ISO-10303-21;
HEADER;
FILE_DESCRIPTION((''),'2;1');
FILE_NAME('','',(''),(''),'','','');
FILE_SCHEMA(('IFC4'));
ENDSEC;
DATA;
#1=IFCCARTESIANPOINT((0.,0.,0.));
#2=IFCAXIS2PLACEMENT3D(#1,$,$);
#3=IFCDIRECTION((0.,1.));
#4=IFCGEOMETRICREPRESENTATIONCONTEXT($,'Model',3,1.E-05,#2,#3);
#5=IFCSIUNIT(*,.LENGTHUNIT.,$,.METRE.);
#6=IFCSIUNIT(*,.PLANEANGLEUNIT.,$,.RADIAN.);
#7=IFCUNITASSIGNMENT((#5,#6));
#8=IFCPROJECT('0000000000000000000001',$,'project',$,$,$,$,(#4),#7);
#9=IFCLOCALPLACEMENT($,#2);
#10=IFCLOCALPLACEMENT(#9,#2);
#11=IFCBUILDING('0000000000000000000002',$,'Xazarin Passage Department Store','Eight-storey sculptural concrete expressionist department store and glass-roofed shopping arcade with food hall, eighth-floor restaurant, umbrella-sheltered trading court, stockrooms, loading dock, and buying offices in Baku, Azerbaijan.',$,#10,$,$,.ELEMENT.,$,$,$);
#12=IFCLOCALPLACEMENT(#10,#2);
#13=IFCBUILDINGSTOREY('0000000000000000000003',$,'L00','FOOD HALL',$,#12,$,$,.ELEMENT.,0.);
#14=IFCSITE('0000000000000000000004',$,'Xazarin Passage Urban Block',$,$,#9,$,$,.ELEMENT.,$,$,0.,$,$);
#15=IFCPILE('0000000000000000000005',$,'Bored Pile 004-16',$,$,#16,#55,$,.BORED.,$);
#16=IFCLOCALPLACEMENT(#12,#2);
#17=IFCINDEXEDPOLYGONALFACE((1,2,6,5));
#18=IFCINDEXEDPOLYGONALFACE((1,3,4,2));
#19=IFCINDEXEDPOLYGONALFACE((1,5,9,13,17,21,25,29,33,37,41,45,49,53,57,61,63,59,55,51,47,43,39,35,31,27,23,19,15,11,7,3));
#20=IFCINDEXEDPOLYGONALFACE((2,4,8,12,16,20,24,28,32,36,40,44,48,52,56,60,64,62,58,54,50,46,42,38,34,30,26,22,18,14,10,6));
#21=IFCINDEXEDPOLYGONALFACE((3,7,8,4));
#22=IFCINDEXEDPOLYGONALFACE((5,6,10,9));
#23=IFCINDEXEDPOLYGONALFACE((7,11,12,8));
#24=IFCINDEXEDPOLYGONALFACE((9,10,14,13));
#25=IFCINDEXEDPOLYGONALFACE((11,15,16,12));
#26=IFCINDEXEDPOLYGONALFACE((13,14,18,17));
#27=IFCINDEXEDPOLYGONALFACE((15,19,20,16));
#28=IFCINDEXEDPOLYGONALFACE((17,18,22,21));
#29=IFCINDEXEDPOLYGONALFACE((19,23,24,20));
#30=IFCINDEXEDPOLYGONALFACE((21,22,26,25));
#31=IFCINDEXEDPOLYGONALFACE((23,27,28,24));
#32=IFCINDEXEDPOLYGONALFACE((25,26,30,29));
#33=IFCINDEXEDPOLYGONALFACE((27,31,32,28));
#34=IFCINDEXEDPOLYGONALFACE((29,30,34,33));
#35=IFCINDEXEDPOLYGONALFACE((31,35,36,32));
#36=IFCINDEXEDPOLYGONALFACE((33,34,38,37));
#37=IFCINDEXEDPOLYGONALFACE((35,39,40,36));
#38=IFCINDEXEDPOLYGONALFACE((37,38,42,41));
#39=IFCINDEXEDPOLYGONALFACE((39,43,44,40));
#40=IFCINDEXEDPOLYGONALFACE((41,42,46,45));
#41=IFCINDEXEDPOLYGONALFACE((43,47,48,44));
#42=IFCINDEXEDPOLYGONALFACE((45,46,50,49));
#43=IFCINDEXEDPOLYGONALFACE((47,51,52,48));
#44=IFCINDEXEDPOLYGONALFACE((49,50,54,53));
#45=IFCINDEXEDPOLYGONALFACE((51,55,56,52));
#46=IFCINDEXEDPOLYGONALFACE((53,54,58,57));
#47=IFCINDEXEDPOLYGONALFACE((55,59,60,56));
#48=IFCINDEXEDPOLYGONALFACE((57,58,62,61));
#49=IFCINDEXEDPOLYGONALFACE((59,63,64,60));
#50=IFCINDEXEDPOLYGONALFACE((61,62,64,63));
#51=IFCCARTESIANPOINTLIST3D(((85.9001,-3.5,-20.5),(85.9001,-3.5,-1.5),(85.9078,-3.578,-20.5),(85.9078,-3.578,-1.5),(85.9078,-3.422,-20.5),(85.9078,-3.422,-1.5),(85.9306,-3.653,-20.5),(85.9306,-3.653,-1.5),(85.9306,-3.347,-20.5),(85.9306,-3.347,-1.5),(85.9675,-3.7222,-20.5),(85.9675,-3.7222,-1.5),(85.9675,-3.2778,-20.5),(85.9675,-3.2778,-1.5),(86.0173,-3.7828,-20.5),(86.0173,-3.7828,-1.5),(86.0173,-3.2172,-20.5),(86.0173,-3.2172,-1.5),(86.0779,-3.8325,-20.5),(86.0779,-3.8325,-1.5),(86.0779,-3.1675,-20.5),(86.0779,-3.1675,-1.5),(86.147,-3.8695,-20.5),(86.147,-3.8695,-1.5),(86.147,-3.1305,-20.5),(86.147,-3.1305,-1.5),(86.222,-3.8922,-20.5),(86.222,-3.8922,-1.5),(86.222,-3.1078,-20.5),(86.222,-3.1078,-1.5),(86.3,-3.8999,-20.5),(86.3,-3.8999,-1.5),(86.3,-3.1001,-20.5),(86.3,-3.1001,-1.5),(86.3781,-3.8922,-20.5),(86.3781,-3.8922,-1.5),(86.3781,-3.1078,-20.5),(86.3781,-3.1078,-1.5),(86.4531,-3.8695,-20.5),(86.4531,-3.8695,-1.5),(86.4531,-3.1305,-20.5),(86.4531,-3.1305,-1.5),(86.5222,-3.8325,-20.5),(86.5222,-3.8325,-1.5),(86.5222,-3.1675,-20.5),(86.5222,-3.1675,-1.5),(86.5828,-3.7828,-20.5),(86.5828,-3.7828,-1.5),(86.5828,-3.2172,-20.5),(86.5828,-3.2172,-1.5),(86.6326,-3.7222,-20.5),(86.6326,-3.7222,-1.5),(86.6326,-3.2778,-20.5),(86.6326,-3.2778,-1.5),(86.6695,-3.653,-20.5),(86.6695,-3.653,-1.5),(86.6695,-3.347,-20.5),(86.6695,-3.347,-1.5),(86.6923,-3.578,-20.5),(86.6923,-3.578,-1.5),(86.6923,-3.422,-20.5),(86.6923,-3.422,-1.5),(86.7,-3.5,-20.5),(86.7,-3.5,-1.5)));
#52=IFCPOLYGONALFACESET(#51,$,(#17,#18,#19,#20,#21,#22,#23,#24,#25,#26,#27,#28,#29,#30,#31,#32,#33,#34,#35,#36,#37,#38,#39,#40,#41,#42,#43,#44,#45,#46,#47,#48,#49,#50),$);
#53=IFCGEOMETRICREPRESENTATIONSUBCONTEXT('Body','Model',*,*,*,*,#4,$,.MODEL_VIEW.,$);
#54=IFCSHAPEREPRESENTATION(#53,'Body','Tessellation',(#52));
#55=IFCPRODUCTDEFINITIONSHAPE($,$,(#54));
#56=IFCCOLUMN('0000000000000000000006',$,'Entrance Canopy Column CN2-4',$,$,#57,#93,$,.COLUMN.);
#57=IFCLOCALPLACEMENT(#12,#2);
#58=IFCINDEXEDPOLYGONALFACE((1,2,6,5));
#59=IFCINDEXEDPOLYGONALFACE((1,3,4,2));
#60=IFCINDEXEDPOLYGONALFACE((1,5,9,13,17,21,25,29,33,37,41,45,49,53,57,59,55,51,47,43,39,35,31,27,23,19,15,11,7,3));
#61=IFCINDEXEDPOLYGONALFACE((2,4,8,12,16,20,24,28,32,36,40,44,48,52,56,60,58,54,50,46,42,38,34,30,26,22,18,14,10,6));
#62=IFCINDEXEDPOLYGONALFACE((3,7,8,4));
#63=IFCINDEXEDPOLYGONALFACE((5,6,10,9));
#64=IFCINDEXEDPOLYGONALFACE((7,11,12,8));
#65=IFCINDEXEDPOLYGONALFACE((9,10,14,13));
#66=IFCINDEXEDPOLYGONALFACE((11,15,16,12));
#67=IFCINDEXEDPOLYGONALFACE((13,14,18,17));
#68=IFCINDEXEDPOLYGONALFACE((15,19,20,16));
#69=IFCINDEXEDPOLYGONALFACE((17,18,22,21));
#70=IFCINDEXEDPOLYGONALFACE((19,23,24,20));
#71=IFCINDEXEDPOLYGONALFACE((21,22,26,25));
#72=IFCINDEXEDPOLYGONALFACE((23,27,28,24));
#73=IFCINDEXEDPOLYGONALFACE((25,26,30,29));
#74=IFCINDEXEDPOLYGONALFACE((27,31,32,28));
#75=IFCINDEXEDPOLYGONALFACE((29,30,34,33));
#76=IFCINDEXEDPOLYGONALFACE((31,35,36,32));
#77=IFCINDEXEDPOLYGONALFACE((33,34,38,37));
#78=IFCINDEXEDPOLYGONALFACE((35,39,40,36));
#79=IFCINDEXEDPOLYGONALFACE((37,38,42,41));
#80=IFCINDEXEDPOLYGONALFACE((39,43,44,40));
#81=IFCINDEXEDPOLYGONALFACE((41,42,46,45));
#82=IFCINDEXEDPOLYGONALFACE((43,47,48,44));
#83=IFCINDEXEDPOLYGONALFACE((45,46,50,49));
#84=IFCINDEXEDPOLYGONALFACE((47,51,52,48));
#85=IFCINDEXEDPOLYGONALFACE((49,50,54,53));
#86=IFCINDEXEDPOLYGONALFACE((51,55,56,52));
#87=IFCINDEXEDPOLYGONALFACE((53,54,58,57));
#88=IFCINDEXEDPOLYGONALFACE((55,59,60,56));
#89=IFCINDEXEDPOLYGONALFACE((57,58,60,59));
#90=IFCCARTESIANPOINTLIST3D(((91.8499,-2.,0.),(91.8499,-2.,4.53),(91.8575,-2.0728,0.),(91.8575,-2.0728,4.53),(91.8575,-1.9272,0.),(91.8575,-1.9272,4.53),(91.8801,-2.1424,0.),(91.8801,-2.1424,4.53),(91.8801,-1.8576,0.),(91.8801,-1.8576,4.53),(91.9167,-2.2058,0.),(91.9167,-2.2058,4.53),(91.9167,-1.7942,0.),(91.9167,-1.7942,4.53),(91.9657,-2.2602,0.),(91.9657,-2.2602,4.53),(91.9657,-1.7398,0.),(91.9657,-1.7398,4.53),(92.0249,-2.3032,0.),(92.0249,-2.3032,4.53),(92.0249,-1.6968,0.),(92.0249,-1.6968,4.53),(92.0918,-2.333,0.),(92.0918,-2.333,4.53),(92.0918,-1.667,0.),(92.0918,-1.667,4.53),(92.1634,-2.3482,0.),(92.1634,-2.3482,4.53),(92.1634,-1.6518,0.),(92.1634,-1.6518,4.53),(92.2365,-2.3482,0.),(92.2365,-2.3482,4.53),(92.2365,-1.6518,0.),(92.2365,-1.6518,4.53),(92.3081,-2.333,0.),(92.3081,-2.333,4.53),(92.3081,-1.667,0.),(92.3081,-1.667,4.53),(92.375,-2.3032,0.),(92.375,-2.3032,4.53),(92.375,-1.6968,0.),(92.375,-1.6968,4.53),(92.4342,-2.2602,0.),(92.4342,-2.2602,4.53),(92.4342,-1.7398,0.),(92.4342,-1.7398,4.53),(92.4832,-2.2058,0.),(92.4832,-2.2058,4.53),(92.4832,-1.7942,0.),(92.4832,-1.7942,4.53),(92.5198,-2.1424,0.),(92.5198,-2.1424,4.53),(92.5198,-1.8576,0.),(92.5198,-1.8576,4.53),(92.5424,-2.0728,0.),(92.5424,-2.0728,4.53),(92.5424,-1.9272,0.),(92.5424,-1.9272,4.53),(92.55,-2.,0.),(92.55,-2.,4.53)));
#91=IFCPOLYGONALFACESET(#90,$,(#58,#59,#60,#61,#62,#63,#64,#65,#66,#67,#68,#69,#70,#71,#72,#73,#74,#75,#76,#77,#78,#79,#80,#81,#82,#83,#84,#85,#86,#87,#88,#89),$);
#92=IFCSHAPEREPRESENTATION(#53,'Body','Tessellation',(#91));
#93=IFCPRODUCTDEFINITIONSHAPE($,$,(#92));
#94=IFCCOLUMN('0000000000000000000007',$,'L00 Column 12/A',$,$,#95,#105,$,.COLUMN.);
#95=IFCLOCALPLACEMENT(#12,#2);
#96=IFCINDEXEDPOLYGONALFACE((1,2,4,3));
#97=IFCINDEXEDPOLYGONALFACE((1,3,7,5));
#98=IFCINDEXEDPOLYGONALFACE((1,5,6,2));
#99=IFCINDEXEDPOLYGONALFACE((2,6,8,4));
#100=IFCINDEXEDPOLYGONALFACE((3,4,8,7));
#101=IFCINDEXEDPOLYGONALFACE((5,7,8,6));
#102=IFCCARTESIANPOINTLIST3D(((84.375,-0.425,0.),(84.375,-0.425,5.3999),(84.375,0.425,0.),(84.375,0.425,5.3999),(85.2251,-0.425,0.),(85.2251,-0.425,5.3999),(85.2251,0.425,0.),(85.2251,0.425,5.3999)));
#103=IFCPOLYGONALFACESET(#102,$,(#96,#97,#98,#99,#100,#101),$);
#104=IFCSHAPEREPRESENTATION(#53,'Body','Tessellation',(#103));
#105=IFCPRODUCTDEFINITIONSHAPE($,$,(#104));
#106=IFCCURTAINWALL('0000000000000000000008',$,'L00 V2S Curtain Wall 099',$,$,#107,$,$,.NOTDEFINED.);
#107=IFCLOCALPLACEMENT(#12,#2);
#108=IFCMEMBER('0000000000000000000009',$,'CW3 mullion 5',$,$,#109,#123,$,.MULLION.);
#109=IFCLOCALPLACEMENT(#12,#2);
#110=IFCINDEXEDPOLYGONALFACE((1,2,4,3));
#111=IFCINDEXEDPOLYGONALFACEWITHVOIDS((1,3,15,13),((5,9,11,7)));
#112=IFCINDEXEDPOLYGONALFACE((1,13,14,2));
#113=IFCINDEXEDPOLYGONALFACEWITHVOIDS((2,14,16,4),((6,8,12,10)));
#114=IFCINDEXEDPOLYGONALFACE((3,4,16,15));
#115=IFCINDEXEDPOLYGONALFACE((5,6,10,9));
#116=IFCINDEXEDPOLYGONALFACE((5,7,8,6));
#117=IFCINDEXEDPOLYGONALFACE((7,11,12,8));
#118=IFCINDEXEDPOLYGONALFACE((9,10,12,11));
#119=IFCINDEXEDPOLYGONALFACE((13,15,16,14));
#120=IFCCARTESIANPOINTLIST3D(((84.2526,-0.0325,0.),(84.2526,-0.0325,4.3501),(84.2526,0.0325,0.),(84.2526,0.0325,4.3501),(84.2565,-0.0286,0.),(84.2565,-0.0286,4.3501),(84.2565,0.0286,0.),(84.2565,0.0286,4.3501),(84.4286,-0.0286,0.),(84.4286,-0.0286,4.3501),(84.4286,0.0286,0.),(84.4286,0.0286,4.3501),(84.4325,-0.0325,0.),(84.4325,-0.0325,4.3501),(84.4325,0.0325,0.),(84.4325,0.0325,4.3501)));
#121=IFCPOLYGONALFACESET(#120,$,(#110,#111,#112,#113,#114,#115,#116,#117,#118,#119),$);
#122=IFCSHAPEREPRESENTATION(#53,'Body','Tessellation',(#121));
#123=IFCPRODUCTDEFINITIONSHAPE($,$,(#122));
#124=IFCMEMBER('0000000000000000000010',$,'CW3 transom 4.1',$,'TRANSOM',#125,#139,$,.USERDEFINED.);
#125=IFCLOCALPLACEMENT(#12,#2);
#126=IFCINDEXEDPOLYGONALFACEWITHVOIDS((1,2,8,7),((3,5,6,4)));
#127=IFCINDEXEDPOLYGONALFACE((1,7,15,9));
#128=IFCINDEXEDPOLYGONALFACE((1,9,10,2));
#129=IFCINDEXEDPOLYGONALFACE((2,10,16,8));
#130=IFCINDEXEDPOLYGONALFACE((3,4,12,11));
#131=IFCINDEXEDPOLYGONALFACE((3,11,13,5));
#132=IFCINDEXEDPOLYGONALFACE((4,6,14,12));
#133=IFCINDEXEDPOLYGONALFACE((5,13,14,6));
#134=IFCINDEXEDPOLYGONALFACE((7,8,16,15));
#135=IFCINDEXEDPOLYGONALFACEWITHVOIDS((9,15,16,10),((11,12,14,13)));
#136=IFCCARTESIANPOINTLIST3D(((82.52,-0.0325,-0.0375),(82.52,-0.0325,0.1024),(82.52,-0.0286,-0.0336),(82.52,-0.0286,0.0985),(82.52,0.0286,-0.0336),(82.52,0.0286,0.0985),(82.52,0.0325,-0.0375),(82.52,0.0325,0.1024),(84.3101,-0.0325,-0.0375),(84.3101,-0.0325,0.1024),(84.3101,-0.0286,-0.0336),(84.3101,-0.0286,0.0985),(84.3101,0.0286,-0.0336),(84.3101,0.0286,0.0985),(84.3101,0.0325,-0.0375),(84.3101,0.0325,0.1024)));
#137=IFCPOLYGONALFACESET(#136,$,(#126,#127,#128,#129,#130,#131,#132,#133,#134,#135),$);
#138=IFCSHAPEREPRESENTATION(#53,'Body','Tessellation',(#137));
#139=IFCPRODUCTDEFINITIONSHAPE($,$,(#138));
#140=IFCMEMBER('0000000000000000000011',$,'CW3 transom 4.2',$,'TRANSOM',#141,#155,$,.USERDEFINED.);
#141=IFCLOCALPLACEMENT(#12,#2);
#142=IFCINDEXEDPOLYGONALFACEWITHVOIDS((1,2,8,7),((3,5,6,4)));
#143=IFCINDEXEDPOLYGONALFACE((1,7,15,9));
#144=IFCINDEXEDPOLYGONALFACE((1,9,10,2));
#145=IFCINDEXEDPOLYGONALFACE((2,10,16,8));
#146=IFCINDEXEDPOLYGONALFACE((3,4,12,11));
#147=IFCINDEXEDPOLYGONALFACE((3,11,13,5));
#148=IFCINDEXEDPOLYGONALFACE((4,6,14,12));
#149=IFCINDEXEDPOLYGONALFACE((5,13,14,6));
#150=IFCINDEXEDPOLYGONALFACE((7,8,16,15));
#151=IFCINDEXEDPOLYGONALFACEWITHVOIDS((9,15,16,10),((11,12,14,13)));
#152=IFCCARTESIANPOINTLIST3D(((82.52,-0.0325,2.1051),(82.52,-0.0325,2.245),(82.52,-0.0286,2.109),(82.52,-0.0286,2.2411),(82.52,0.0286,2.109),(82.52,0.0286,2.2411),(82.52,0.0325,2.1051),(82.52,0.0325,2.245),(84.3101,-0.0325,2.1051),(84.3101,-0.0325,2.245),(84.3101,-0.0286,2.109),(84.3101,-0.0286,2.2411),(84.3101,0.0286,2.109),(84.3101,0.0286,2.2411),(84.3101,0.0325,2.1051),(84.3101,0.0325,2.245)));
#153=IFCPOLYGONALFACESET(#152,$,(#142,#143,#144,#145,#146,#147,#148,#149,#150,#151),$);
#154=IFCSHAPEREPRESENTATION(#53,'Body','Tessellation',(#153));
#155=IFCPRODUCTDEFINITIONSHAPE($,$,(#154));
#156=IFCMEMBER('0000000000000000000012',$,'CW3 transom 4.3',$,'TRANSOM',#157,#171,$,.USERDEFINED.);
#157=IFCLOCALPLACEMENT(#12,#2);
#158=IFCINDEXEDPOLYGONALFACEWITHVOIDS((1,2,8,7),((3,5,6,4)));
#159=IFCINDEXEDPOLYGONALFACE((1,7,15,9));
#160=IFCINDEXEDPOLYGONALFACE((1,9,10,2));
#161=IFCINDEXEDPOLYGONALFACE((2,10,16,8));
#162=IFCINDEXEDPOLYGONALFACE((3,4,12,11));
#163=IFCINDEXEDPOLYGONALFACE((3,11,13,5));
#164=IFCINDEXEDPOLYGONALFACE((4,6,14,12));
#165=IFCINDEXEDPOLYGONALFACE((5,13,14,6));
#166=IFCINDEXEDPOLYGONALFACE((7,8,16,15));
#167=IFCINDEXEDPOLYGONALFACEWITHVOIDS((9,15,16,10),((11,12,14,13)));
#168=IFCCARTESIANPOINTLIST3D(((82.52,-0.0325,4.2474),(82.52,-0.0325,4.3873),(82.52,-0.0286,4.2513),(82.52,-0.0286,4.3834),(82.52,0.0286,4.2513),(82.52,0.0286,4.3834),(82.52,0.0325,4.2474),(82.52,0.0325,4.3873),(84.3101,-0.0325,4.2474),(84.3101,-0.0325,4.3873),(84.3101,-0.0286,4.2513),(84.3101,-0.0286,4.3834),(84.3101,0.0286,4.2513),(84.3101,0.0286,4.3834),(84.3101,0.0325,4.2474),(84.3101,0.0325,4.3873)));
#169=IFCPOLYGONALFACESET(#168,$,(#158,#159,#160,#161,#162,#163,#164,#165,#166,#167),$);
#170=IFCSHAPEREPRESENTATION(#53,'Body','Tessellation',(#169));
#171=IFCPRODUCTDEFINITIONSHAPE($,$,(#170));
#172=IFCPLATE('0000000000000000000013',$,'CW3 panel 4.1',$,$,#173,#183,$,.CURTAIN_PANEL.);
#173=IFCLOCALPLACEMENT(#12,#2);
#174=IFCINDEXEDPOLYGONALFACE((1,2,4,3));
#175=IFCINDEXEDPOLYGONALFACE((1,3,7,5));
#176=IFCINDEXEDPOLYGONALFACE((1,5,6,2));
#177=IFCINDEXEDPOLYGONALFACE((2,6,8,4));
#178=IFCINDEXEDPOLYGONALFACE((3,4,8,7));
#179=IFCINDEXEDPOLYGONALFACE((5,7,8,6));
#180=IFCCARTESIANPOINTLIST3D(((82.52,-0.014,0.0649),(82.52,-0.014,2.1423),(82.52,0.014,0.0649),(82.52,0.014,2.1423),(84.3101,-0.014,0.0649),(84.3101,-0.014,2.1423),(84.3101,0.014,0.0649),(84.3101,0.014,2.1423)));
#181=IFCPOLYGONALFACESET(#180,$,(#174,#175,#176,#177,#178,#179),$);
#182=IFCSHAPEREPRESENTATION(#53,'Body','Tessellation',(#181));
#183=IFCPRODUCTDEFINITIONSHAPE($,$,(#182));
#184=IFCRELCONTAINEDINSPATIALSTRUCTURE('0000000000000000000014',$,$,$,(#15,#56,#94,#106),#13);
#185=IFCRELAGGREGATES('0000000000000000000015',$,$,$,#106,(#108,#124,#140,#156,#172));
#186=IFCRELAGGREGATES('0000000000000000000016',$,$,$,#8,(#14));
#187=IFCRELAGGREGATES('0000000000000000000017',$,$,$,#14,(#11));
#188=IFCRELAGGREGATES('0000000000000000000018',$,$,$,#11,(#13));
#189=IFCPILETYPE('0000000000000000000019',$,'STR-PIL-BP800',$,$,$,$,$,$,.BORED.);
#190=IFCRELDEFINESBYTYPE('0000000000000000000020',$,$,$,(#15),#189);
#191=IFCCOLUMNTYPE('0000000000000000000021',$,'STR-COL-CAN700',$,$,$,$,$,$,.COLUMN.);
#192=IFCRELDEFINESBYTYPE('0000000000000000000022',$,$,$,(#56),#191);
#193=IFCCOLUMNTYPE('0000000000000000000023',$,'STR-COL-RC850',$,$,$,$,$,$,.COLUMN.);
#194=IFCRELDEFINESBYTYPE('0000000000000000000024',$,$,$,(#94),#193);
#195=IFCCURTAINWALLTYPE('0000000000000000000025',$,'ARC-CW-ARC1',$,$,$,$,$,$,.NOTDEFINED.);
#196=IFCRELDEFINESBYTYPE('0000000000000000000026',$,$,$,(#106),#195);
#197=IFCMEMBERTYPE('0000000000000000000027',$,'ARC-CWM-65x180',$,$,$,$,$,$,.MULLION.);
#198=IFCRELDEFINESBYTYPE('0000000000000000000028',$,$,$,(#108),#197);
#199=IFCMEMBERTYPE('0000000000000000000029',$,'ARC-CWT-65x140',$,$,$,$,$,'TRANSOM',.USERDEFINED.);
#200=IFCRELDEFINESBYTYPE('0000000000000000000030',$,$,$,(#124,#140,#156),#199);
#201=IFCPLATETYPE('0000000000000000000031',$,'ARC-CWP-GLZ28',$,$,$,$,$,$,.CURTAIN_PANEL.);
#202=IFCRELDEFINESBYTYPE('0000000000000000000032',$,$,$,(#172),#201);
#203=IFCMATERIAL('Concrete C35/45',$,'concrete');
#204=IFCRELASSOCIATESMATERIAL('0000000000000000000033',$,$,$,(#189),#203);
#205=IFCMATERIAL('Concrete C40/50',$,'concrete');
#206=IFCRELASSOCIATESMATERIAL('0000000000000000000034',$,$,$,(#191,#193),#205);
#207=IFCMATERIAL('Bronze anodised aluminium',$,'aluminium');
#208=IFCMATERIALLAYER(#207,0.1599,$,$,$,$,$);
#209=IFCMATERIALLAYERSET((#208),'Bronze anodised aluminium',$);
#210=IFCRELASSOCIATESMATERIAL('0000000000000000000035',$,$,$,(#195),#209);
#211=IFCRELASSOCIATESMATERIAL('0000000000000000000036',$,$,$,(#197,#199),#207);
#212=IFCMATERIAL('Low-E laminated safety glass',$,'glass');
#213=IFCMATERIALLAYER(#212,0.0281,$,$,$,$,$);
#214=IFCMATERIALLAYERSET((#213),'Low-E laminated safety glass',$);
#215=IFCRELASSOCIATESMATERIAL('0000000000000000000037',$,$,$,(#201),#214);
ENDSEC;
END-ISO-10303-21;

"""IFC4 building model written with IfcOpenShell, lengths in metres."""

from ifc_helpers import new_model, si_unit, direction, frame, origin, origin_2d, place, context, subcontext, project, spatial, rectangle, hollow_rectangle, circle, extrude, material, layer, layer_set, material_profile, profile_set, type_object, element, aggregate, save


model = new_model("IFC4")

# Units and contexts
model_context = context("Model", 3, precision=1e-05, world=origin(), true_north=direction((0.0, 1.0)))
body_context = subcontext(model_context, "Body", "Model", "MODEL_VIEW")
ifc_project = project(units=[si_unit("LENGTHUNIT", "METRE"), si_unit("PLANEANGLEUNIT", "RADIAN")], contexts=[model_context])

# Site, building, storey
site_placement = place(None, origin())
site = spatial("IfcSite", under=ifc_project, at=site_placement, Name="Xazarin Passage Urban Block", CompositionType="ELEMENT", RefElevation=0.0)
building_placement = place(site_placement, origin())
building = spatial("IfcBuilding", under=site, at=building_placement, Name="Xazarin Passage Department Store", Description="Eight-storey sculptural concrete expressionist department store and glass-roofed shopping arcade with food hall, eighth-floor restaurant, umbrella-sheltered trading court, stockrooms, loading dock, and buying offices in Baku, Azerbaijan.", CompositionType="ELEMENT")
storey_placement = place(building_placement, origin())
storey = spatial("IfcBuildingStorey", under=building, at=storey_placement, Name="L00", Description="FOOD HALL", CompositionType="ELEMENT", Elevation=0.0)

# Shared definitions
ifc_material_1 = material(Name="Concrete C35/45", Category="concrete")

# Pile
ifc_material_profile_1 = material_profile(ifc_material_1, circle(Radius=0.3999, at=origin_2d()), Name="BP 800")
ifc_profile_set_1 = profile_set([ifc_material_profile_1], Name="Concrete C35/45")
pile_type_1 = type_object("IfcPileType", Name="STR-PIL-BP800", PredefinedType="BORED", material=ifc_profile_set_1)
pile_placement = place(storey_placement, frame((86.3, -3.5, -1.5), z_axis=(0.0, 0.0, -1.0), x_axis=(1.0, 0.0, 0.0)))
element("IfcPile", 1, at=pile_placement, inside=storey, type_object=pile_type_1, Name="Bored Pile 004-16", PredefinedType="BORED", context=body_context, shape_type="SweptSolid", body=[
    extrude(circle(Radius=0.3999, at=origin_2d()), origin(), (0.0, 0.0, 1.0), 19.0),
])

# Columns
ifc_material_2 = material(Name="Concrete C40/50", Category="concrete")
ifc_material_profile_2 = material_profile(ifc_material_2, circle(Radius=0.3501, at=origin_2d()), Name="RCD 700")
ifc_profile_set_2 = profile_set([ifc_material_profile_2], Name="Concrete C40/50")
column_type_1 = type_object("IfcColumnType", Name="STR-COL-CAN700", PredefinedType="COLUMN", material=ifc_profile_set_2)
column_1_placement = place(storey_placement, frame((92.2, -2.0, 0.0), z_axis=(0.0, 0.0, 1.0), x_axis=(1.0, 0.0, 0.0)))
element("IfcColumn", 2, at=column_1_placement, inside=storey, type_object=column_type_1, Name="Entrance Canopy Column CN2-4", PredefinedType="COLUMN", context=body_context, shape_type="SweptSolid", body=[
    extrude(circle(Radius=0.3501, at=origin_2d()), origin(), (0.0, 0.0, 1.0), 4.53),
])
ifc_material_profile_3 = material_profile(ifc_material_2, rectangle(XDim=0.8501, YDim=0.8501, at=origin_2d()), Name="RC 850x850")
ifc_profile_set_3 = profile_set([ifc_material_profile_3], Name="Concrete C40/50")
column_type_2 = type_object("IfcColumnType", Name="STR-COL-RC850", PredefinedType="COLUMN", material=ifc_profile_set_3)
column_2_placement = place(storey_placement, frame((84.8, 0.0, 0.0), z_axis=(0.0, 0.0, 1.0), x_axis=(1.0, 0.0, 0.0)))
element("IfcColumn", 3, at=column_2_placement, inside=storey, type_object=column_type_2, Name="L00 Column 12/A", PredefinedType="COLUMN", context=body_context, shape_type="SweptSolid", body=[
    extrude(rectangle(XDim=0.8501, YDim=0.8501, at=origin_2d()), origin(), (0.0, 0.0, 1.0), 5.3999),
])

# Curtain wall, members, plate
ifc_material_3 = material(Name="Bronze anodised aluminium", Category="aluminium")
ifc_layer_1 = layer(ifc_material_3, 0.1599)
ifc_layer_set_1 = layer_set([ifc_layer_1], Name="Bronze anodised aluminium")
curtain_wall_type = type_object("IfcCurtainWallType", Name="ARC-CW-ARC1", PredefinedType="NOTDEFINED", material=ifc_layer_set_1)
curtain_wall_placement = place(storey_placement, origin())
curtain_wall = element("IfcCurtainWall", 4, at=curtain_wall_placement, inside=storey, type_object=curtain_wall_type, Name="L00 V2S Curtain Wall 099", PredefinedType="NOTDEFINED")
ifc_material_profile_4 = material_profile(ifc_material_3, hollow_rectangle(XDim=0.0649, YDim=0.1799, WallThickness=0.0039, at=origin_2d()), Name="ALU 65x180")
ifc_profile_set_4 = profile_set([ifc_material_profile_4], Name="Bronze anodised aluminium")
member_type_1 = type_object("IfcMemberType", Name="ARC-CWM-65x180", PredefinedType="MULLION", material=ifc_profile_set_4)
member_1_placement = place(storey_placement, frame((84.3425, 0.0, 0.0), z_axis=(0.0, 0.0, 1.0), x_axis=(0.0, 1.0, 0.0)))
member_1 = element("IfcMember", 5, at=member_1_placement, type_object=member_type_1, Name="CW3 mullion 5", PredefinedType="MULLION", context=body_context, shape_type="SweptSolid", body=[
    extrude(hollow_rectangle(XDim=0.0649, YDim=0.1799, WallThickness=0.0039, at=origin_2d()), origin(), (0.0, 0.0, 1.0), 4.3501),
])
ifc_material_profile_5 = material_profile(ifc_material_3, hollow_rectangle(XDim=0.0649, YDim=0.1399, WallThickness=0.0039, at=origin_2d()), Name="ALU 65x140")
ifc_profile_set_5 = profile_set([ifc_material_profile_5], Name="Bronze anodised aluminium")
member_type_2 = type_object("IfcMemberType", Name="ARC-CWT-65x140", ElementType="TRANSOM", PredefinedType="USERDEFINED", material=ifc_profile_set_5)
member_2_placement = place(storey_placement, frame((82.52, 0.0, 0.0325), z_axis=(1.0, 0.0, 0.0), x_axis=(0.0, 1.0, 0.0)))
member_2 = element("IfcMember", 6, at=member_2_placement, type_object=member_type_2, Name="CW3 transom 4.1", ObjectType="TRANSOM", PredefinedType="USERDEFINED", context=body_context, shape_type="SweptSolid", body=[
    extrude(hollow_rectangle(XDim=0.0649, YDim=0.1399, WallThickness=0.0039, at=origin_2d()), origin(), (0.0, 0.0, 1.0), 1.79),
])
member_3_placement = place(storey_placement, frame((82.52, 0.0, 2.175), z_axis=(1.0, 0.0, 0.0), x_axis=(0.0, 1.0, 0.0)))
member_3 = element("IfcMember", 7, at=member_3_placement, type_object=member_type_2, Name="CW3 transom 4.2", ObjectType="TRANSOM", PredefinedType="USERDEFINED", context=body_context, shape_type="SweptSolid", body=[
    extrude(hollow_rectangle(XDim=0.0649, YDim=0.1399, WallThickness=0.0039, at=origin_2d()), origin(), (0.0, 0.0, 1.0), 1.79),
])
member_4_placement = place(storey_placement, frame((82.52, 0.0, 4.3174), z_axis=(1.0, 0.0, 0.0), x_axis=(0.0, 1.0, 0.0)))
member_4 = element("IfcMember", 8, at=member_4_placement, type_object=member_type_2, Name="CW3 transom 4.3", ObjectType="TRANSOM", PredefinedType="USERDEFINED", context=body_context, shape_type="SweptSolid", body=[
    extrude(hollow_rectangle(XDim=0.0649, YDim=0.1399, WallThickness=0.0039, at=origin_2d()), origin(), (0.0, 0.0, 1.0), 1.79),
])
ifc_material_4 = material(Name="Low-E laminated safety glass", Category="glass")
ifc_layer_2 = layer(ifc_material_4, 0.0281)
ifc_layer_set_2 = layer_set([ifc_layer_2], Name="Low-E laminated safety glass")
plate_type_1 = type_object("IfcPlateType", Name="ARC-CWP-GLZ28", PredefinedType="CURTAIN_PANEL", material=ifc_layer_set_2)
plate_1_placement = place(storey_placement, frame((83.415, 0.0, 0.0649), z_axis=(0.0, 0.0, 1.0), x_axis=(1.0, 0.0, 0.0)))
plate_1 = element("IfcPlate", 9, at=plate_1_placement, type_object=plate_type_1, Name="CW3 panel 4.1", PredefinedType="CURTAIN_PANEL", context=body_context, shape_type="SweptSolid", body=[
    extrude(rectangle(XDim=1.79, YDim=0.0281, at=origin_2d()), origin(), (0.0, 0.0, 1.0), 2.0774),
])
aggregate(curtain_wall, [member_1, member_2, member_3, member_4, plate_1])

save(model, "model.ifc")
